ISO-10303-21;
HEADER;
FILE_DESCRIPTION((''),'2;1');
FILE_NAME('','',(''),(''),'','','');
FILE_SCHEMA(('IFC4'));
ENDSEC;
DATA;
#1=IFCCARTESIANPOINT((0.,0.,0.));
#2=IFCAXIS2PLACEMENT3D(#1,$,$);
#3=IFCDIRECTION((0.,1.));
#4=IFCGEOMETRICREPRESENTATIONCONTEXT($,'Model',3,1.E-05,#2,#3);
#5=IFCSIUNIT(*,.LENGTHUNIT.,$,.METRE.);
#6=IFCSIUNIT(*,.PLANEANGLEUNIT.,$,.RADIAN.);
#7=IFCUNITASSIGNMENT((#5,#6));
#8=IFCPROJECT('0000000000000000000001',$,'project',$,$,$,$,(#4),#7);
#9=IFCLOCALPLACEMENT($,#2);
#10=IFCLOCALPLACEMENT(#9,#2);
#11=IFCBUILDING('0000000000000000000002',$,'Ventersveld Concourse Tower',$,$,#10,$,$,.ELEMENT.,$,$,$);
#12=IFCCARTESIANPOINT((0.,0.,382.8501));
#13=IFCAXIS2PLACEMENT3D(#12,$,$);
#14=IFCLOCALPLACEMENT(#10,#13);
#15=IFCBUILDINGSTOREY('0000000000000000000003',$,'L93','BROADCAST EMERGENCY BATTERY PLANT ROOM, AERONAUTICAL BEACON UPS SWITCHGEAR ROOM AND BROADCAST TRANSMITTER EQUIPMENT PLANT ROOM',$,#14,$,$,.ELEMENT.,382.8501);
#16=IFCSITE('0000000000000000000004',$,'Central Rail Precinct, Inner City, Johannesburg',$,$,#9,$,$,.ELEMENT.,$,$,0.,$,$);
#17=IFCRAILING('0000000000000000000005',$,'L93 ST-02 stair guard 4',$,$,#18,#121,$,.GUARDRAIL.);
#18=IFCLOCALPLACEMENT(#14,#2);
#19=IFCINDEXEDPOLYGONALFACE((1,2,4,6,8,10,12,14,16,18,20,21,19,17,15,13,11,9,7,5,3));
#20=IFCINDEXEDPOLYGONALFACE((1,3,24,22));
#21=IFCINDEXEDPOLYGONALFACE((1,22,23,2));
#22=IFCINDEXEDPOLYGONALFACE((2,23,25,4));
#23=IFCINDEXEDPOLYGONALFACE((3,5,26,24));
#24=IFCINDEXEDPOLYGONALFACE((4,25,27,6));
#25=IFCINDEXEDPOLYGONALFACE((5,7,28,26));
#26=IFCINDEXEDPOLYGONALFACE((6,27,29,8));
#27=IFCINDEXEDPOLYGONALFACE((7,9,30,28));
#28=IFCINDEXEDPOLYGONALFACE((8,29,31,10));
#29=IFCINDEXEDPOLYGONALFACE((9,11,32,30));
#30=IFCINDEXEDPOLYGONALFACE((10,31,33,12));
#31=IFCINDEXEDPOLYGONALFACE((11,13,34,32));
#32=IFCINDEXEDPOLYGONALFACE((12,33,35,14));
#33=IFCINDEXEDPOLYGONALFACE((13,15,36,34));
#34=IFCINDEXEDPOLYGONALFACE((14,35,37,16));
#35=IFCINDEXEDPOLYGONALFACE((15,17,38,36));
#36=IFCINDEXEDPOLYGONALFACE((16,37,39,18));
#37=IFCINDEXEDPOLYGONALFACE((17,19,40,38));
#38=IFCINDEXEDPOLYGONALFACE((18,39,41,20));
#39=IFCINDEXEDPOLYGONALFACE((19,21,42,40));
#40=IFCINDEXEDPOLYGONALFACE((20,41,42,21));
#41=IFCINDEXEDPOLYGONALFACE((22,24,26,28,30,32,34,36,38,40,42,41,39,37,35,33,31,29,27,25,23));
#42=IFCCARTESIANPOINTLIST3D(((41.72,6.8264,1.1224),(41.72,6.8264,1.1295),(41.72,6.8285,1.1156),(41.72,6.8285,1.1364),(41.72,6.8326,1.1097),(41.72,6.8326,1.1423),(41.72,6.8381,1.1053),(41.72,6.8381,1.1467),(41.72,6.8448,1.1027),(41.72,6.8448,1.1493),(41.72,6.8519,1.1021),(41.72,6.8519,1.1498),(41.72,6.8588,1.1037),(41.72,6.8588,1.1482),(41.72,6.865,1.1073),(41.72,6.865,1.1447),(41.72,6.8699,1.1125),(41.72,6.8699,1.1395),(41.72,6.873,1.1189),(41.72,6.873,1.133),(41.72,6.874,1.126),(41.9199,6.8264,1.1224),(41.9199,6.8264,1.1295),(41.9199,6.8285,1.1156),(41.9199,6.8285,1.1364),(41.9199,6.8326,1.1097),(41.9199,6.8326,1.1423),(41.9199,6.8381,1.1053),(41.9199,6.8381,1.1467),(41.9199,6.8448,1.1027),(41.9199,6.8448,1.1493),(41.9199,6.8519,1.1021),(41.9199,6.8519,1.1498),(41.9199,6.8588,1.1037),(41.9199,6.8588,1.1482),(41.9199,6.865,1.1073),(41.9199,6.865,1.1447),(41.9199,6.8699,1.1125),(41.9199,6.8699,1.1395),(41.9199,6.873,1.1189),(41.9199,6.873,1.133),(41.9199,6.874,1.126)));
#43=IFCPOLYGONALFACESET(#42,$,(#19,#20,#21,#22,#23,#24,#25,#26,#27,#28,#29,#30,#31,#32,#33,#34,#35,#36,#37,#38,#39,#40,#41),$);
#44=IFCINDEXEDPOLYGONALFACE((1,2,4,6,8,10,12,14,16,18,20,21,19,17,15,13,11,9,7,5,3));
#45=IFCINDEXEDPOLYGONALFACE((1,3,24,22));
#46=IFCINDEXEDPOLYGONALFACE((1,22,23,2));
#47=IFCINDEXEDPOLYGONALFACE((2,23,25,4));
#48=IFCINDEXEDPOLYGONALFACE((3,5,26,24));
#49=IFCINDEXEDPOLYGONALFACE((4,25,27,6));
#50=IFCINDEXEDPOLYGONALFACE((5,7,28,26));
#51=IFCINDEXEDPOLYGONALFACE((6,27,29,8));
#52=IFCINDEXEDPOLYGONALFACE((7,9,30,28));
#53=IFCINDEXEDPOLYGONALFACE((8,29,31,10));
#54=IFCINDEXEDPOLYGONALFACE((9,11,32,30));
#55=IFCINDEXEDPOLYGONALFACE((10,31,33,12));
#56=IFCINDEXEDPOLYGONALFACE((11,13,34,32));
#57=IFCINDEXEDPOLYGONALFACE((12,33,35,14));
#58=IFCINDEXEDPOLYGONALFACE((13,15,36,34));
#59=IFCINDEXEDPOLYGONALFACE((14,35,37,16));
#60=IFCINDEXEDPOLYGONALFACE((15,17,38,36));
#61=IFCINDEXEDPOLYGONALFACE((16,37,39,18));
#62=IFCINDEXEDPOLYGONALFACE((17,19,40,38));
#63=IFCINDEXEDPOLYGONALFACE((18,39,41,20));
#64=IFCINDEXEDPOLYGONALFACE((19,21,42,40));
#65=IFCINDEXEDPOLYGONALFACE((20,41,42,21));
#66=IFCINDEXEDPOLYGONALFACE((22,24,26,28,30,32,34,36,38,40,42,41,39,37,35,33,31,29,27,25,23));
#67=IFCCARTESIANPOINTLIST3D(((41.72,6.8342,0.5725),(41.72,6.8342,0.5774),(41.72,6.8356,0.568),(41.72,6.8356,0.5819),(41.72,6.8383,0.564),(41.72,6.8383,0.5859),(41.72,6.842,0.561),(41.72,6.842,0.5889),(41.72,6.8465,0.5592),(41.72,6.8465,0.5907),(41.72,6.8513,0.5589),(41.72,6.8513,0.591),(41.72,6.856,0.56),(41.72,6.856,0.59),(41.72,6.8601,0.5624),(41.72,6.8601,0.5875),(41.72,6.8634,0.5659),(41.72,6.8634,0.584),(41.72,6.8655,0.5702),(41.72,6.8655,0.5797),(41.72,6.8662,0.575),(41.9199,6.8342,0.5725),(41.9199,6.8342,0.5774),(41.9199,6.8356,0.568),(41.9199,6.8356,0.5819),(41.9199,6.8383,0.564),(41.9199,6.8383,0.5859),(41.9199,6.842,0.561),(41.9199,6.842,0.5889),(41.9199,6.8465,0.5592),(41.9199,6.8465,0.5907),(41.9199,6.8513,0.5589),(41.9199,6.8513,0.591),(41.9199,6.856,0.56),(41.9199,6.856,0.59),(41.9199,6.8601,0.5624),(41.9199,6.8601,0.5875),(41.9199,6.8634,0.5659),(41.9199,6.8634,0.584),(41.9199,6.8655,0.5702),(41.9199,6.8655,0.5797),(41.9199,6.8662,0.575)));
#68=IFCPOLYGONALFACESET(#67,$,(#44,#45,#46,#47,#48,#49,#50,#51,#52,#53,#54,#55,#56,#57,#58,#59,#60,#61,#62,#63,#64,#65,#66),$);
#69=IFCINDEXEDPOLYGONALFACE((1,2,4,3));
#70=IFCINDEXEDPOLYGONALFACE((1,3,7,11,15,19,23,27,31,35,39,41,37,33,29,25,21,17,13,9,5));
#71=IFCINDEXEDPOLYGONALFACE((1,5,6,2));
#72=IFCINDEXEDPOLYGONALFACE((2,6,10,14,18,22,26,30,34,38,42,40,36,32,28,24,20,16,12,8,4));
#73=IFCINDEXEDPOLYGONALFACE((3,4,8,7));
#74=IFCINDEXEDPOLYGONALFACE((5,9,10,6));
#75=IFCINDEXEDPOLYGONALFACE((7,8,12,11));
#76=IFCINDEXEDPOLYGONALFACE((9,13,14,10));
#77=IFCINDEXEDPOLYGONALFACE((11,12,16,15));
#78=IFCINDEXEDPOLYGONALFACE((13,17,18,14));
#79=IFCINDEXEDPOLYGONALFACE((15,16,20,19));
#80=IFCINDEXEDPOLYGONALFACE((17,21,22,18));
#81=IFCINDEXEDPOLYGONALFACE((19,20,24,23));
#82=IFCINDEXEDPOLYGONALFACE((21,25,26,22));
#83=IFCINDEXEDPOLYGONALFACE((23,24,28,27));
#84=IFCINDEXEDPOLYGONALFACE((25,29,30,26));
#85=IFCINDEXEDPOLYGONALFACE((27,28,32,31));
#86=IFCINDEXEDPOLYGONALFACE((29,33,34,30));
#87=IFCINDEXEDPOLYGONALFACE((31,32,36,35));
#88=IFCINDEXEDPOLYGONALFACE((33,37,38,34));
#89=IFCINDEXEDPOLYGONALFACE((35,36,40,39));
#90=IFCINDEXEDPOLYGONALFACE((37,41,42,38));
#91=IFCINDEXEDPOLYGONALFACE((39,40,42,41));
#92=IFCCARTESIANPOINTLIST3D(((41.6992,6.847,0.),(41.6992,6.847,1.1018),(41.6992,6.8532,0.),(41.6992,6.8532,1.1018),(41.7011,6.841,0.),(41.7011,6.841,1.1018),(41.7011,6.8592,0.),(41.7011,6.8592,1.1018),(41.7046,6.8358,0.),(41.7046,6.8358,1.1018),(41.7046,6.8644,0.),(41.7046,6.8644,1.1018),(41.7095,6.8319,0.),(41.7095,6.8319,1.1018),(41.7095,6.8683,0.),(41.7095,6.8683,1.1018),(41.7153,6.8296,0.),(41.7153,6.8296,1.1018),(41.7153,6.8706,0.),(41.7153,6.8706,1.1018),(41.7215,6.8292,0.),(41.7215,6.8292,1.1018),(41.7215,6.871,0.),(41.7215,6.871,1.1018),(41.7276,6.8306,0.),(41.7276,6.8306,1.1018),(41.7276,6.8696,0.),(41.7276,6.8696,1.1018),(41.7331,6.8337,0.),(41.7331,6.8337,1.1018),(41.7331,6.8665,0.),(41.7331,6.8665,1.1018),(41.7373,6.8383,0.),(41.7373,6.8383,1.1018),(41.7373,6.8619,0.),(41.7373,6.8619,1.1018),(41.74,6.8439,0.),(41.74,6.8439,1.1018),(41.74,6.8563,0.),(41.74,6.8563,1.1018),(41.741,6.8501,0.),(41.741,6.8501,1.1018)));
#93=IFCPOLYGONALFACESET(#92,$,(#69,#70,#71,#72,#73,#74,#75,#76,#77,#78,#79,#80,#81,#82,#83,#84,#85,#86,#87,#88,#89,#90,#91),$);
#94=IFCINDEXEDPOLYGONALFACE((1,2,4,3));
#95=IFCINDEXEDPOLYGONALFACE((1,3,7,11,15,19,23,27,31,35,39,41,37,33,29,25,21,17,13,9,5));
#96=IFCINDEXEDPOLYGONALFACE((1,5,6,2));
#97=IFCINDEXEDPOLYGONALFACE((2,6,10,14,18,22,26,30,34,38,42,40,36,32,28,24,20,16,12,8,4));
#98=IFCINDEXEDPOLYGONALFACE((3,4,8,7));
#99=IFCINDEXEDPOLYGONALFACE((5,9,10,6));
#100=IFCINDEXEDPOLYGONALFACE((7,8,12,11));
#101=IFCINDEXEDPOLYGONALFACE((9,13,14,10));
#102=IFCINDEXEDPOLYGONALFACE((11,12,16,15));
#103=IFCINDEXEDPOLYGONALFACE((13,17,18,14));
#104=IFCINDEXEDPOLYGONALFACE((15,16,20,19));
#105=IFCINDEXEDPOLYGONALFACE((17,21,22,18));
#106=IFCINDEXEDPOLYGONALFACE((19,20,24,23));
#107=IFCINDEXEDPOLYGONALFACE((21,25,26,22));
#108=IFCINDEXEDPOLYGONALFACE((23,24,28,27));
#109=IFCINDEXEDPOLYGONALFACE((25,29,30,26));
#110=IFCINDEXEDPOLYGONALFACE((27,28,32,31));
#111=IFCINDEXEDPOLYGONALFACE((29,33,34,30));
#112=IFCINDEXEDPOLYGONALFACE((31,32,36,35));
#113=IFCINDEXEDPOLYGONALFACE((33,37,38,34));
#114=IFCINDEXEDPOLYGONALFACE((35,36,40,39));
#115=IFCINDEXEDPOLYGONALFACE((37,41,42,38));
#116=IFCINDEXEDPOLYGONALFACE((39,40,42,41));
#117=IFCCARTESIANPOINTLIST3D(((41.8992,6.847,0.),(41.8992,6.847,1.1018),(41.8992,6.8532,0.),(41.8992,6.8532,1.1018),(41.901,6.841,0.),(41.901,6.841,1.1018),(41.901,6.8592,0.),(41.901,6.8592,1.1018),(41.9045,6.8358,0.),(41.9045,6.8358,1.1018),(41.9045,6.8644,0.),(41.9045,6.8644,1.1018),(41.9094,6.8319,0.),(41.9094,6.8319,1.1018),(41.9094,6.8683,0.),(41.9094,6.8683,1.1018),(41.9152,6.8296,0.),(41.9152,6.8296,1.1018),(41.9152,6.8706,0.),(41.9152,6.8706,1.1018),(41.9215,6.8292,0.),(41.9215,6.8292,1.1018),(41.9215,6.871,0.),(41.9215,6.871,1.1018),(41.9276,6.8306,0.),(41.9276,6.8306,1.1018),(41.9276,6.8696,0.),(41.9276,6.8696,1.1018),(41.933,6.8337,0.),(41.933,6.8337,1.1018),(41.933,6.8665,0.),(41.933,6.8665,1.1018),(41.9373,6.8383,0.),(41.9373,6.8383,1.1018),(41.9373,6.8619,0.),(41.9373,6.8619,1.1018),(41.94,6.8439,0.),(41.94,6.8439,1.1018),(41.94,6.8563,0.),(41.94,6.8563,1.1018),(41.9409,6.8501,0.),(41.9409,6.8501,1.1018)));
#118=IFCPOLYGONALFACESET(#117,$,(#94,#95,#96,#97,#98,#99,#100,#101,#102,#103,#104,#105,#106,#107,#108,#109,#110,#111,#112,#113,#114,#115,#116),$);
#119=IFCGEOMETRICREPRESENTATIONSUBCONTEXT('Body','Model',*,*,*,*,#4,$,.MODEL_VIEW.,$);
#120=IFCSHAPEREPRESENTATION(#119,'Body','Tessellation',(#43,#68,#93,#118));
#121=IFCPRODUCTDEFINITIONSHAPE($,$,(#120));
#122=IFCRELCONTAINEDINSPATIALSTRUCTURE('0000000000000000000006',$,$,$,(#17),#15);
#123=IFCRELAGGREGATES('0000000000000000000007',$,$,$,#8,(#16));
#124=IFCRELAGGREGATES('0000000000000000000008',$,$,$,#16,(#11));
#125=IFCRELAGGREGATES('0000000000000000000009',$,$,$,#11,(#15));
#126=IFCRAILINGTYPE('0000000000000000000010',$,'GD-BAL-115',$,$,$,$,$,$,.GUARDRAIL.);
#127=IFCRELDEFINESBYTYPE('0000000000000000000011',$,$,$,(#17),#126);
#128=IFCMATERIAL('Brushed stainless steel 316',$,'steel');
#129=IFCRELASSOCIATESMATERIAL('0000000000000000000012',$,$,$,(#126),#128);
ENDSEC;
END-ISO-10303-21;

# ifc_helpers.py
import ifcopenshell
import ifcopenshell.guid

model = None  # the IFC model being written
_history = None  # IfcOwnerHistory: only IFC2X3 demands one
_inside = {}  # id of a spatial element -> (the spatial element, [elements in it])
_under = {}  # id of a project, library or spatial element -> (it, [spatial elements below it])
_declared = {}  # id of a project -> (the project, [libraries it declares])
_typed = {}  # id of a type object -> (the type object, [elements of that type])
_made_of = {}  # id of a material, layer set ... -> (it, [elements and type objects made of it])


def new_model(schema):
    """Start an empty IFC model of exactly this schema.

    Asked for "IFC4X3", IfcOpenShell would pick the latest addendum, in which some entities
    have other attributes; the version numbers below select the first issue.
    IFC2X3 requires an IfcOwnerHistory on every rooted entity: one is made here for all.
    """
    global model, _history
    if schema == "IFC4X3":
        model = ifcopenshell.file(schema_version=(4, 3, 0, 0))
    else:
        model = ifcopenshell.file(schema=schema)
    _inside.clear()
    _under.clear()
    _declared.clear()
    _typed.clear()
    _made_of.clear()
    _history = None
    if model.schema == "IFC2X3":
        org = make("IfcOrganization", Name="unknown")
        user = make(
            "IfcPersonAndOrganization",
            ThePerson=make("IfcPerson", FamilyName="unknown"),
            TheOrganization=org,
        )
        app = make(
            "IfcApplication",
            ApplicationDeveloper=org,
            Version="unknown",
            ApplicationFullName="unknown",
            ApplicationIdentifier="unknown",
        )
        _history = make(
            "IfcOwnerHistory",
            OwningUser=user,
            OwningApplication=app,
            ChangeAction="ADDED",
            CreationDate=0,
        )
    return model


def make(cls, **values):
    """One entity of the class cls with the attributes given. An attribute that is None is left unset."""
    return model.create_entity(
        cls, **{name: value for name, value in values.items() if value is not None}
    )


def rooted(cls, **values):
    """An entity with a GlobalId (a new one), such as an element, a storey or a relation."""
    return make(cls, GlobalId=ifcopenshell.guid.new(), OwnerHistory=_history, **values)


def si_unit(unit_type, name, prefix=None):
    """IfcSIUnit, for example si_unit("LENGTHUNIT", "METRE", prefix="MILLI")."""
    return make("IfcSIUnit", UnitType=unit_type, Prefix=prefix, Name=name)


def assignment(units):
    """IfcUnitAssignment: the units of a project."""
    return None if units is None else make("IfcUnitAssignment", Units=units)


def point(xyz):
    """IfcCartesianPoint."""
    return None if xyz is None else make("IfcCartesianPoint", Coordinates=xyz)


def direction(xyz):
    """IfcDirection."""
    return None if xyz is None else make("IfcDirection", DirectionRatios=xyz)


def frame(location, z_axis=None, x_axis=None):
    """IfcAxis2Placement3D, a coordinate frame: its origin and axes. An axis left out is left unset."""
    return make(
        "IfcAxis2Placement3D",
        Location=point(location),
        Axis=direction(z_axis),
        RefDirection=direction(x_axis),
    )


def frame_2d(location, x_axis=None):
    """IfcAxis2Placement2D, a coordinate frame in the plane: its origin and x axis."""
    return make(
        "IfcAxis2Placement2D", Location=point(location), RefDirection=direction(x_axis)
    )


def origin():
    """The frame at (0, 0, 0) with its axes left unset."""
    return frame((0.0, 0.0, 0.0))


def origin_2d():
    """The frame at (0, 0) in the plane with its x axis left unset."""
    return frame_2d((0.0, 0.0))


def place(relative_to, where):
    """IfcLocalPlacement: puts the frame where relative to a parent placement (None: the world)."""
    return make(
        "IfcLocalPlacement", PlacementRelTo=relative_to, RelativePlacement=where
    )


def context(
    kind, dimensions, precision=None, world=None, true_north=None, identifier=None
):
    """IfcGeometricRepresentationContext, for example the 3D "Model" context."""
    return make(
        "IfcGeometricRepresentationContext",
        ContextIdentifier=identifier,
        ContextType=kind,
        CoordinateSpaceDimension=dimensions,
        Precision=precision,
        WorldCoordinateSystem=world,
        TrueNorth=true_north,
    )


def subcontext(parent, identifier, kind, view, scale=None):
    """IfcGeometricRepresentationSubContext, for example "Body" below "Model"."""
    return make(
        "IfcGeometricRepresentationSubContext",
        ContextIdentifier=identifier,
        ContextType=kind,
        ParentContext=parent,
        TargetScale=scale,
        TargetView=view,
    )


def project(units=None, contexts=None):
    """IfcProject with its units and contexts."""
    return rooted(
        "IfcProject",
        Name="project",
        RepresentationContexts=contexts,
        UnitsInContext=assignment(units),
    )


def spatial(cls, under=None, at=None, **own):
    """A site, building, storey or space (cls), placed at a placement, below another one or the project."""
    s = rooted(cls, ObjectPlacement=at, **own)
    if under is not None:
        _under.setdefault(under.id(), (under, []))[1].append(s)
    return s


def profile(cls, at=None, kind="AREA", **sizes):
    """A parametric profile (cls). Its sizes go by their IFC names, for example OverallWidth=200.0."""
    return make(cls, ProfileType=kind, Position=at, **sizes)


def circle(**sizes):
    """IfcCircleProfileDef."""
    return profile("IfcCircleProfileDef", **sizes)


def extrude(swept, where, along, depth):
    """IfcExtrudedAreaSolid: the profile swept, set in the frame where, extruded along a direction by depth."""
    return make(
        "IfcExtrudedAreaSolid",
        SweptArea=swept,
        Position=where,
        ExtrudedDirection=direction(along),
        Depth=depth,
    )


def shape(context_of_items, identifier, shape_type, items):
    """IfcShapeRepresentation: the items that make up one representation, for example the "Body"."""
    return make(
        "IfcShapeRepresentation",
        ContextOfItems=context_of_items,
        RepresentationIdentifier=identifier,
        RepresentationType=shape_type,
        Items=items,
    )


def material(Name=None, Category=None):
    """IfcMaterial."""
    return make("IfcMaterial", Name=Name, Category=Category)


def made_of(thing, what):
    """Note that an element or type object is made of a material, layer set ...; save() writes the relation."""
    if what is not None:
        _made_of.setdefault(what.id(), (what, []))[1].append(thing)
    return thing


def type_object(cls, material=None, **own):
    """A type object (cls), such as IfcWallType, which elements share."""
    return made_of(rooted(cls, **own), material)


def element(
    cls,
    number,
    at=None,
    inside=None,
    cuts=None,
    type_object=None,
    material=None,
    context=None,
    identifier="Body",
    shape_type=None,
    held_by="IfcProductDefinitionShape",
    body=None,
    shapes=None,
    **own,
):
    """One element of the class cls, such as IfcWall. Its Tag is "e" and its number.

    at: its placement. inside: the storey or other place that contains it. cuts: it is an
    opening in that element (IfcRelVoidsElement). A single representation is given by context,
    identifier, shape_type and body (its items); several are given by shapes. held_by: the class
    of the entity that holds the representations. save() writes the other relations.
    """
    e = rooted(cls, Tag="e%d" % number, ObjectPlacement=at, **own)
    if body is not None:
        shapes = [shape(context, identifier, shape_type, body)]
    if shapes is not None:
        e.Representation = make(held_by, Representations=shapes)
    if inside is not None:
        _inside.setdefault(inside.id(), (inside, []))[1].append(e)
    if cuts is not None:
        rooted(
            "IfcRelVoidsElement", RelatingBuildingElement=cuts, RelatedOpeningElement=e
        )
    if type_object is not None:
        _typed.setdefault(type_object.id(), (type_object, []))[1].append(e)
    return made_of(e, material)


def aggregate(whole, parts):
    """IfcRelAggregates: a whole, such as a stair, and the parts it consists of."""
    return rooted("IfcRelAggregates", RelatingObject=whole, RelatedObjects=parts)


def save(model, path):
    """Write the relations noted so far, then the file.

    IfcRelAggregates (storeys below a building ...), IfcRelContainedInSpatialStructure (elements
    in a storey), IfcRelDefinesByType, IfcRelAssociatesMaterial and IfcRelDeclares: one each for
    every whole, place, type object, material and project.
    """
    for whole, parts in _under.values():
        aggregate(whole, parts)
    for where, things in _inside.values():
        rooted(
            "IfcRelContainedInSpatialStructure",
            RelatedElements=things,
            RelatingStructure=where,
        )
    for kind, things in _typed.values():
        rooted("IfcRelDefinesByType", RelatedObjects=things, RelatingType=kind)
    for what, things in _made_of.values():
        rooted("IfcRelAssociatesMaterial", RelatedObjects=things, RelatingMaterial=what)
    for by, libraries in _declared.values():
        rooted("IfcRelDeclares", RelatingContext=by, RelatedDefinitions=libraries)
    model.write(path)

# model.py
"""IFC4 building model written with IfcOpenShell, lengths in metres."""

from ifc_helpers import new_model, si_unit, direction, frame, origin, origin_2d, place, context, subcontext, project, spatial, circle, extrude, material, type_object, element, save


model = new_model("IFC4")

# Units and contexts
model_context = context("Model", 3, precision=1e-05, world=origin(), true_north=direction((0.0, 1.0)))
body_context = subcontext(model_context, "Body", "Model", "MODEL_VIEW")
ifc_project = project(units=[si_unit("LENGTHUNIT", "METRE"), si_unit("PLANEANGLEUNIT", "RADIAN")], contexts=[model_context])

# Site, building, storey
site_placement = place(None, origin())
site = spatial("IfcSite", under=ifc_project, at=site_placement, Name="Central Rail Precinct, Inner City, Johannesburg", CompositionType="ELEMENT", RefElevation=0.0)
building_placement = place(site_placement, origin())
building = spatial("IfcBuilding", under=site, at=building_placement, Name="Ventersveld Concourse Tower", CompositionType="ELEMENT")
storey_placement = place(building_placement, frame((0.0, 0.0, 382.8501)))
storey = spatial("IfcBuildingStorey", under=building, at=storey_placement, Name="L93", Description="BROADCAST EMERGENCY BATTERY PLANT ROOM, AERONAUTICAL BEACON UPS SWITCHGEAR ROOM AND BROADCAST TRANSMITTER EQUIPMENT PLANT ROOM", CompositionType="ELEMENT", Elevation=382.8501)

# Shared definitions
ifc_material_1 = material(Name="Brushed stainless steel 316", Category="steel")

# Railing
railing_type_1 = type_object("IfcRailingType", Name="GD-BAL-115", PredefinedType="GUARDRAIL", material=ifc_material_1)
railing_1_placement = place(storey_placement, frame((41.72, 6.8501, 0.0)))
element("IfcRailing", 1, at=railing_1_placement, inside=storey, type_object=railing_type_1, Name="L93 ST-02 stair guard 4", PredefinedType="GUARDRAIL", context=body_context, shape_type="SweptSolid", body=[
    extrude(circle(Radius=0.0239, at=origin_2d()), frame((0.0, 0.0, 1.126), z_axis=(1.0, 0.0, 0.0), x_axis=(0.0, 1.0, 0.0)), (0.0, 0.0, 1.0), 0.2),
    extrude(circle(Radius=0.0161, at=origin_2d()), frame((0.0, 0.0, 0.575), z_axis=(1.0, 0.0, 0.0), x_axis=(0.0, 1.0, 0.0)), (0.0, 0.0, 1.0), 0.2),
    extrude(circle(Radius=0.021, at=origin_2d()), origin(), (0.0, 0.0, 1.0), 1.1018),
    extrude(circle(Radius=0.021, at=origin_2d()), frame((0.2, 0.0, 0.0)), (0.0, 0.0, 1.0), 1.1018),
])

save(model, "model.ifc")
